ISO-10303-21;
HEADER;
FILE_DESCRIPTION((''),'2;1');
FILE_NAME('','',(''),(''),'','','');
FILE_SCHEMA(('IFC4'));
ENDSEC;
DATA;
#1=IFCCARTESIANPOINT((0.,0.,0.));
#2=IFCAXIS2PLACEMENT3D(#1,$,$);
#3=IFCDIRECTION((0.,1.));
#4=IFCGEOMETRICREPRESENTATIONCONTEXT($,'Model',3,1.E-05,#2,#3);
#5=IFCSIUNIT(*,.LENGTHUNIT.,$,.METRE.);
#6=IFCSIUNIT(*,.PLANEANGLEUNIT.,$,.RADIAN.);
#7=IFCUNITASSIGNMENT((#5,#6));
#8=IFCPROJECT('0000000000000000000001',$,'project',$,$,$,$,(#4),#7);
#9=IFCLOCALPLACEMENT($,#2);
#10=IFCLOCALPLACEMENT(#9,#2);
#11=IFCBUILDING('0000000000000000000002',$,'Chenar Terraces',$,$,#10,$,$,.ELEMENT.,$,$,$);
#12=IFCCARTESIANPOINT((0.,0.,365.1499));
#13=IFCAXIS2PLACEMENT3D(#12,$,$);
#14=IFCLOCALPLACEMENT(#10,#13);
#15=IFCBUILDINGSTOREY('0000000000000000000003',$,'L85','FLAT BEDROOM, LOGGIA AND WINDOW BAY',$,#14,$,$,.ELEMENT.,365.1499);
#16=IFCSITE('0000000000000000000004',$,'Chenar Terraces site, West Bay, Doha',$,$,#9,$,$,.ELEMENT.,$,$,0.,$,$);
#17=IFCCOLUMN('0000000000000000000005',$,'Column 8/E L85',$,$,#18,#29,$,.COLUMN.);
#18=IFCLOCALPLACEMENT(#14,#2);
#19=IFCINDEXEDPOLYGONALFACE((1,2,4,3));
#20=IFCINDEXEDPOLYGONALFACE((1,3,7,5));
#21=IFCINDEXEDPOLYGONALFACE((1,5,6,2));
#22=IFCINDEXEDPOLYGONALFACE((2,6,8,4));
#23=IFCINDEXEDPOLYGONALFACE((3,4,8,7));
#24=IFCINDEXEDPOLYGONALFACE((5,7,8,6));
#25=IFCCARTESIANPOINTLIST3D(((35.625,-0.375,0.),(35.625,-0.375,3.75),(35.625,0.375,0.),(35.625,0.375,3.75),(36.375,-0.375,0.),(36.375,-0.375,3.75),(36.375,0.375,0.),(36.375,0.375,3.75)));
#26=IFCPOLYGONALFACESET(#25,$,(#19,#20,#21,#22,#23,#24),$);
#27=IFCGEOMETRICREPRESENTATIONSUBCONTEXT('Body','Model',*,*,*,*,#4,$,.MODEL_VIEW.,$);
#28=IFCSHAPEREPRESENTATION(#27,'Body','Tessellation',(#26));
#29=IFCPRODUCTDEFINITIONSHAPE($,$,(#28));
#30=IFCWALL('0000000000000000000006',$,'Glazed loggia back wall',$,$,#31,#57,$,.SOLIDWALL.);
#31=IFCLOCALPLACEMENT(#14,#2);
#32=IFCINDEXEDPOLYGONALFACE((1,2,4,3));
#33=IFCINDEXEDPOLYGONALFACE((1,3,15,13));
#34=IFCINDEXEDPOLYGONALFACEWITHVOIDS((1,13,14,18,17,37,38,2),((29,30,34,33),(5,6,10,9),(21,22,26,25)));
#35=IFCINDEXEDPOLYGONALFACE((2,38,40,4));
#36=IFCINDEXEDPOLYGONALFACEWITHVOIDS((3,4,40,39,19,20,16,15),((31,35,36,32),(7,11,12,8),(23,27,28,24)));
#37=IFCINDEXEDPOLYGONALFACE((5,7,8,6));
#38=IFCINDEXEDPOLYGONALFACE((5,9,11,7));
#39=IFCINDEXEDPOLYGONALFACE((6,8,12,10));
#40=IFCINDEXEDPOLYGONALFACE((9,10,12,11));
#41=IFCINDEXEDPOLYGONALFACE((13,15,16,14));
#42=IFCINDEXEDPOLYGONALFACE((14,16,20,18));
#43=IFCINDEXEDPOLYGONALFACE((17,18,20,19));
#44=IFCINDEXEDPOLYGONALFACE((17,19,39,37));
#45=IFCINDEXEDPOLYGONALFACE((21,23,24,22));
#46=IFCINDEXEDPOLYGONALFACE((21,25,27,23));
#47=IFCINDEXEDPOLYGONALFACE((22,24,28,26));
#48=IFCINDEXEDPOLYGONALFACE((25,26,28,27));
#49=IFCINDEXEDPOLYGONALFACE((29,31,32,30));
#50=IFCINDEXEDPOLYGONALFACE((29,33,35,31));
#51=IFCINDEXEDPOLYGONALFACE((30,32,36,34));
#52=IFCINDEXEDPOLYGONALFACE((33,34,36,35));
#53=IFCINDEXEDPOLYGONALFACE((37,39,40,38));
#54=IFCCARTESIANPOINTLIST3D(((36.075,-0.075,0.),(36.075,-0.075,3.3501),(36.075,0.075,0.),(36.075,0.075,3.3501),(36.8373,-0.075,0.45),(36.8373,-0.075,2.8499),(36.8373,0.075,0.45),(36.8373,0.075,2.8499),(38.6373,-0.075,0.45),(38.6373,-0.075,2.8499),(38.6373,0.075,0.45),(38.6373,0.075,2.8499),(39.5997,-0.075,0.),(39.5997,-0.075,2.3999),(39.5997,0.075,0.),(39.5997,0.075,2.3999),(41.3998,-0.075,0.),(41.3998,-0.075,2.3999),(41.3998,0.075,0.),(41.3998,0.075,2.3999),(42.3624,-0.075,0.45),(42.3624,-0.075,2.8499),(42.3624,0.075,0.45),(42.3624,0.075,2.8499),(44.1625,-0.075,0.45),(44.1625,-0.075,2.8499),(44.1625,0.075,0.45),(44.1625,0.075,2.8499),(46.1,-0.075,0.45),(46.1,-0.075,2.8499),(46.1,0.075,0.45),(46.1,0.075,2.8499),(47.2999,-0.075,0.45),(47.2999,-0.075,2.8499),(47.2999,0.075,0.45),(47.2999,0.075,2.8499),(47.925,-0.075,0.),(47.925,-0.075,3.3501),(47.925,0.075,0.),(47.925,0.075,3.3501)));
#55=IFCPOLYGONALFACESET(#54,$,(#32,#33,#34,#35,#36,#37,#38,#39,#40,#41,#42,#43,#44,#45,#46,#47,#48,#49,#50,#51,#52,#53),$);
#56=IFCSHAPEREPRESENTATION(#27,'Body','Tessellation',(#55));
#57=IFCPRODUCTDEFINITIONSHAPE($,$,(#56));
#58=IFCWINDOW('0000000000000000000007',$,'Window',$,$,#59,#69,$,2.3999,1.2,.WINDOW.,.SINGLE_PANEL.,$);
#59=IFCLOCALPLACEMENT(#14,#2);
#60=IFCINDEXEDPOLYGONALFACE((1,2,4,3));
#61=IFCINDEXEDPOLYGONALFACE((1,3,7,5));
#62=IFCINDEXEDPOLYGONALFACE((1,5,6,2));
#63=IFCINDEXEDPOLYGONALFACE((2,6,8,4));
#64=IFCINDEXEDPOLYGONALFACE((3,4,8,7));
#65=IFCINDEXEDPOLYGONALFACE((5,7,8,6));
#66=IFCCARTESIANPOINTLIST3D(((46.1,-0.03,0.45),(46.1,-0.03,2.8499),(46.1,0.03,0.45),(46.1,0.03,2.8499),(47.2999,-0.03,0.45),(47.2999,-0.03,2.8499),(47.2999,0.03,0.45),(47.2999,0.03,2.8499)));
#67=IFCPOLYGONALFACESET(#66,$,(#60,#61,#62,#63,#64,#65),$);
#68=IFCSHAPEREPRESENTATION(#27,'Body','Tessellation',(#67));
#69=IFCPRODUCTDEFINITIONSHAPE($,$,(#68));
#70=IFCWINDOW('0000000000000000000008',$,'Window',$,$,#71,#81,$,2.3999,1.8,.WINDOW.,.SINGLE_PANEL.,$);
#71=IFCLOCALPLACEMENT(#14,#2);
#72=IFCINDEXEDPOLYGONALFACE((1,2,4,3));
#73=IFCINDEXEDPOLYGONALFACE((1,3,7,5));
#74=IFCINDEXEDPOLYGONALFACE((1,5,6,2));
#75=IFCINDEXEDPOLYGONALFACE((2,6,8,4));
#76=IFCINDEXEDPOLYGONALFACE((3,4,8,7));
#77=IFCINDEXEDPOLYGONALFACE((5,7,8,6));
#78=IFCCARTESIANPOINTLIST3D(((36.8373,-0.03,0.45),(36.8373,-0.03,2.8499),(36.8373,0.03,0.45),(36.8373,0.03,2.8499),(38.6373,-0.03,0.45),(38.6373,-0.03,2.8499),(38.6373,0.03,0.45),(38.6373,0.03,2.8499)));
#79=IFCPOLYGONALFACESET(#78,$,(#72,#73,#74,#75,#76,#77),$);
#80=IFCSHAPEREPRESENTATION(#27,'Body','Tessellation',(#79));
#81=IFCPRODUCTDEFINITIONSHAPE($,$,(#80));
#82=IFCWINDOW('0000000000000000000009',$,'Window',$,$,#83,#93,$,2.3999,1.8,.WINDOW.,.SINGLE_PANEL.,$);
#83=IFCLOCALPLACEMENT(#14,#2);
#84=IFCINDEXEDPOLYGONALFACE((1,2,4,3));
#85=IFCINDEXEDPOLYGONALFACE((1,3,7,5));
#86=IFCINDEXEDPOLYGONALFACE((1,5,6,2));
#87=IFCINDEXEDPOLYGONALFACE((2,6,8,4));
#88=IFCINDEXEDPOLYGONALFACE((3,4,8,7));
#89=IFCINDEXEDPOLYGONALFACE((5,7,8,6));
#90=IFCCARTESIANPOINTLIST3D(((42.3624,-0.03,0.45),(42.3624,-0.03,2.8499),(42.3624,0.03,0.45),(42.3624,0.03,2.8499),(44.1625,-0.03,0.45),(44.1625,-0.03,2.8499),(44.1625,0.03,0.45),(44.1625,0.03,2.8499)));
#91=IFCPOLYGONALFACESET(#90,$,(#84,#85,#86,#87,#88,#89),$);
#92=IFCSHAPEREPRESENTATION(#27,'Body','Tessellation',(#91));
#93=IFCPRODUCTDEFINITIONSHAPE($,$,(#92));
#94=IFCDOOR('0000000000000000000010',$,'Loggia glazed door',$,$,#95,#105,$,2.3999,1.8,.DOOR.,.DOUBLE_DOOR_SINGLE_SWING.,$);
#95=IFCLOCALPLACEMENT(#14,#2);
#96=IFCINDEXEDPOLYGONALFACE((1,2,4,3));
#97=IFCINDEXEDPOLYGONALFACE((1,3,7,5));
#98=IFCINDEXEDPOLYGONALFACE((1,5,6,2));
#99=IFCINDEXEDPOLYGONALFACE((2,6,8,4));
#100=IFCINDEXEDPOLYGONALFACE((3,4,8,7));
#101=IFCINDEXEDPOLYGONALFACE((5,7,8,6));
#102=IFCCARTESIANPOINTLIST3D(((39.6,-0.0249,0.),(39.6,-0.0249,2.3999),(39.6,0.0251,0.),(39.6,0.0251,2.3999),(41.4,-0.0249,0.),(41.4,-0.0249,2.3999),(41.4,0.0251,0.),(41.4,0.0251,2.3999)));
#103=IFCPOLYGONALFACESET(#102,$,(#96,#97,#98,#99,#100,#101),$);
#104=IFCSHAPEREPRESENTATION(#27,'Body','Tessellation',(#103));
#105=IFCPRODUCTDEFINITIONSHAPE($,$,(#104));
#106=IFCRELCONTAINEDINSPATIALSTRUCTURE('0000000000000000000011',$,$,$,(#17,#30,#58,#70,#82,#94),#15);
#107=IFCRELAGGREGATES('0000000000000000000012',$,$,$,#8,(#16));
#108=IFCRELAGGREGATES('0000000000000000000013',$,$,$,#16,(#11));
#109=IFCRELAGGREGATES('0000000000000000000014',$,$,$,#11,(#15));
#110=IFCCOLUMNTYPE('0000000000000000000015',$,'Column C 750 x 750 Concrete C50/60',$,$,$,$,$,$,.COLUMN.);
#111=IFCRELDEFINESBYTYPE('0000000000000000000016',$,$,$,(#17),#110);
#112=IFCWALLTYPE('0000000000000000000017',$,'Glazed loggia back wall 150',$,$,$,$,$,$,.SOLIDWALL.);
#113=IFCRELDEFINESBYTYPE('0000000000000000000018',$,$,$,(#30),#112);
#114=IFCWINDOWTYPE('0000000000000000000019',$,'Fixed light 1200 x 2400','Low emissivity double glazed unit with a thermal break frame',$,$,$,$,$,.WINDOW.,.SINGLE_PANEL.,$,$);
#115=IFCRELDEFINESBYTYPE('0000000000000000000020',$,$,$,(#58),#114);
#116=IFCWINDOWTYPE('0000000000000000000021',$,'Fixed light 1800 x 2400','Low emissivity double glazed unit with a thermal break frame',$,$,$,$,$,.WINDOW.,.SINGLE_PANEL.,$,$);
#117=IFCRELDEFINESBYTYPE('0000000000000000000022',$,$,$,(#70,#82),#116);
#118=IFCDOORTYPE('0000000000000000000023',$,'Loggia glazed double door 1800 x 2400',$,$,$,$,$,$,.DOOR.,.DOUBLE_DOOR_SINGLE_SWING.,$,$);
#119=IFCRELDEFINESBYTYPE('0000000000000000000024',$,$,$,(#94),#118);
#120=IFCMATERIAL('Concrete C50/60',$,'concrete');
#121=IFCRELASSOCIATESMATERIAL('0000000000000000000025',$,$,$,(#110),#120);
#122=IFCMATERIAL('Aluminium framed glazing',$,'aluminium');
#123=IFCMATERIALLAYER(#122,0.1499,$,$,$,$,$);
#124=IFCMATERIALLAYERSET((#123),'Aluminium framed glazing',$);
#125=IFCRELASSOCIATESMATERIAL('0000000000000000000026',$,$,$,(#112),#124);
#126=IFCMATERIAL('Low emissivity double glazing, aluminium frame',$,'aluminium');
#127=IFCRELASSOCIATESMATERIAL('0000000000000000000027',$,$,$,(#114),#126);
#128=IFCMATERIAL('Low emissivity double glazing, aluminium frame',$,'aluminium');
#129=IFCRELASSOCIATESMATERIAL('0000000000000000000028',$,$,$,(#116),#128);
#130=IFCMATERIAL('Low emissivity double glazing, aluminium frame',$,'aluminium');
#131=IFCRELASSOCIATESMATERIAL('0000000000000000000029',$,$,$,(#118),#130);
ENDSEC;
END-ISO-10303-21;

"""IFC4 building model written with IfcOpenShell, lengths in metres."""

from ifc_helpers import new_model, si_unit, direction, frame, frame_2d, origin, origin_2d, place, context, subcontext, project, spatial, rectangle, extrude, material, layer, layer_set, material_profile, profile_set, type_object, element, fill, save


model = new_model("IFC4")

# Units and contexts
model_context = context("Model", 3, precision=1e-05, world=origin(), true_north=direction((0.0, 1.0)))
body_context = subcontext(model_context, "Body", "Model", "MODEL_VIEW")
ifc_project = project(units=[si_unit("LENGTHUNIT", "METRE"), si_unit("PLANEANGLEUNIT", "RADIAN")], contexts=[model_context])

# Site, building, storey
site_placement = place(None, origin())
site = spatial("IfcSite", under=ifc_project, at=site_placement, Name="Chenar Terraces site, West Bay, Doha", CompositionType="ELEMENT", RefElevation=0.0)
building_placement = place(site_placement, origin())
building = spatial("IfcBuilding", under=site, at=building_placement, Name="Chenar Terraces", CompositionType="ELEMENT")
storey_placement = place(building_placement, frame((0.0, 0.0, 365.1499)))
storey = spatial("IfcBuildingStorey", under=building, at=storey_placement, Name="L85", Description="FLAT BEDROOM, LOGGIA AND WINDOW BAY", CompositionType="ELEMENT", Elevation=365.1499)

# Column
ifc_material_1 = material(Name="Concrete C50/60", Category="concrete")
ifc_material_profile = material_profile(ifc_material_1, rectangle(XDim=0.75, YDim=0.75, at=origin_2d()), Name="C 750 x 750")
ifc_profile_set = profile_set([ifc_material_profile], Name="Concrete C50/60")
column_type = type_object("IfcColumnType", Name="Column C 750 x 750 Concrete C50/60", PredefinedType="COLUMN", material=ifc_profile_set)
column_placement = place(storey_placement, frame((36.0, 0.0, 0.0), z_axis=(0.0, 0.0, 1.0), x_axis=(1.0, 0.0, 0.0)))
element("IfcColumn", 1, at=column_placement, inside=storey, type_object=column_type, Name="Column 8/E L85", PredefinedType="COLUMN", context=body_context, shape_type="SweptSolid", body=[
    extrude(rectangle(XDim=0.75, YDim=0.75, at=origin_2d()), origin(), (0.0, 0.0, 1.0), 3.75),
])

# Wall, openings, windows, door
ifc_material_2 = material(Name="Aluminium framed glazing", Category="aluminium")
ifc_layer_1 = layer(ifc_material_2, 0.1499)
ifc_layer_set_1 = layer_set([ifc_layer_1], Name="Aluminium framed glazing")
wall_type_1 = type_object("IfcWallType", Name="Glazed loggia back wall 150", PredefinedType="SOLIDWALL", material=ifc_layer_set_1)
wall_1_placement = place(storey_placement, frame((36.075, 0.0, 0.0), z_axis=(0.0, 0.0, 1.0), x_axis=(1.0, 0.0, 0.0)))
wall_1 = element("IfcWall", 2, at=wall_1_placement, inside=storey, type_object=wall_type_1, Name="Glazed loggia back wall", PredefinedType="SOLIDWALL", context=body_context, shape_type="SweptSolid", body=[
    extrude(rectangle(XDim=11.8501, YDim=0.1499, at=frame_2d((5.925, 0.0))), origin(), (0.0, 0.0, 1.0), 3.3501),
])
opening_1_placement = place(wall_1_placement, frame((0.7625, 0.0, 0.45)))
opening_1 = element("IfcOpeningElement", 3, at=opening_1_placement, cuts=wall_1, PredefinedType="OPENING", context=body_context, shape_type="SweptSolid", body=[
    extrude(rectangle(XDim=1.8, YDim=2.3999, at=frame_2d((0.8999, 1.2))), frame((0.0, 0.085, 0.0), z_axis=(0.0, -1.0, 0.0), x_axis=(1.0, 0.0, 0.0)), (0.0, 0.0, 1.0), 0.1699),
])
opening_2_placement = place(wall_1_placement, frame((3.5249, 0.0, 0.0)))
opening_2 = element("IfcOpeningElement", 4, at=opening_2_placement, cuts=wall_1, PredefinedType="OPENING", context=body_context, shape_type="SweptSolid", body=[
    extrude(rectangle(XDim=1.8, YDim=2.3999, at=frame_2d((0.8999, 1.2))), frame((0.0, 0.085, 0.0), z_axis=(0.0, -1.0, 0.0), x_axis=(1.0, 0.0, 0.0)), (0.0, 0.0, 1.0), 0.1699),
])
opening_3_placement = place(wall_1_placement, frame((6.2876, 0.0, 0.45)))
opening_3 = element("IfcOpeningElement", 5, at=opening_3_placement, cuts=wall_1, PredefinedType="OPENING", context=body_context, shape_type="SweptSolid", body=[
    extrude(rectangle(XDim=1.8, YDim=2.3999, at=frame_2d((0.8999, 1.2))), frame((0.0, 0.085, 0.0), z_axis=(0.0, -1.0, 0.0), x_axis=(1.0, 0.0, 0.0)), (0.0, 0.0, 1.0), 0.1699),
])
opening_4_placement = place(wall_1_placement, frame((10.0249, 0.0, 0.45)))
opening_4 = element("IfcOpeningElement", 6, at=opening_4_placement, cuts=wall_1, PredefinedType="OPENING", context=body_context, shape_type="SweptSolid", body=[
    extrude(rectangle(XDim=1.2, YDim=2.3999, at=frame_2d((0.6001, 1.2))), frame((0.0, 0.085, 0.0), z_axis=(0.0, -1.0, 0.0), x_axis=(1.0, 0.0, 0.0)), (0.0, 0.0, 1.0), 0.1699),
])
ifc_material_3 = material(Name="Low emissivity double glazing, aluminium frame", Category="aluminium")
window_type_1 = type_object("IfcWindowType", Name="Fixed light 1200 x 2400", Description="Low emissivity double glazed unit with a thermal break frame", PartitioningType="SINGLE_PANEL", PredefinedType="WINDOW", material=ifc_material_3)
window_1_placement = place(opening_4_placement, origin())
window_1 = element("IfcWindow", 7, at=window_1_placement, inside=storey, type_object=window_type_1, Name="Window", OverallHeight=2.3999, OverallWidth=1.2, PartitioningType="SINGLE_PANEL", PredefinedType="WINDOW", context=body_context, shape_type="SweptSolid", body=[
    extrude(rectangle(XDim=1.2, YDim=2.3999, at=frame_2d((0.6001, 1.2))), frame((0.0, 0.03, 0.0), z_axis=(0.0, -1.0, 0.0), x_axis=(1.0, 0.0, 0.0)), (0.0, 0.0, 1.0), 0.0601),
])
fill(opening_4, window_1)
ifc_material_4 = material(Name="Low emissivity double glazing, aluminium frame", Category="aluminium")
window_type_2 = type_object("IfcWindowType", Name="Fixed light 1800 x 2400", Description="Low emissivity double glazed unit with a thermal break frame", PartitioningType="SINGLE_PANEL", PredefinedType="WINDOW", material=ifc_material_4)
window_2_placement = place(opening_1_placement, origin())
window_2 = element("IfcWindow", 8, at=window_2_placement, inside=storey, type_object=window_type_2, Name="Window", OverallHeight=2.3999, OverallWidth=1.8, PartitioningType="SINGLE_PANEL", PredefinedType="WINDOW", context=body_context, shape_type="SweptSolid", body=[
    extrude(rectangle(XDim=1.8, YDim=2.3999, at=frame_2d((0.8999, 1.2))), frame((0.0, 0.03, 0.0), z_axis=(0.0, -1.0, 0.0), x_axis=(1.0, 0.0, 0.0)), (0.0, 0.0, 1.0), 0.0601),
])
fill(opening_1, window_2)
window_3_placement = place(opening_3_placement, origin())
window_3 = element("IfcWindow", 9, at=window_3_placement, inside=storey, type_object=window_type_2, Name="Window", OverallHeight=2.3999, OverallWidth=1.8, PartitioningType="SINGLE_PANEL", PredefinedType="WINDOW", context=body_context, shape_type="SweptSolid", body=[
    extrude(rectangle(XDim=1.8, YDim=2.3999, at=frame_2d((0.8999, 1.2))), frame((0.0, 0.03, 0.0), z_axis=(0.0, -1.0, 0.0), x_axis=(1.0, 0.0, 0.0)), (0.0, 0.0, 1.0), 0.0601),
])
fill(opening_3, window_3)
ifc_material_5 = material(Name="Low emissivity double glazing, aluminium frame", Category="aluminium")
door_type_1 = type_object("IfcDoorType", Name="Loggia glazed double door 1800 x 2400", OperationType="DOUBLE_DOOR_SINGLE_SWING", PredefinedType="DOOR", material=ifc_material_5)
door_1_placement = place(opening_2_placement, frame((1.8, 0.0, 0.0), z_axis=(0.0, 0.0, 1.0), x_axis=(-1.0, 0.0, 0.0)))
door_1 = element("IfcDoor", 10, at=door_1_placement, inside=storey, type_object=door_type_1, Name="Loggia glazed door", OperationType="DOUBLE_DOOR_SINGLE_SWING", OverallHeight=2.3999, OverallWidth=1.8, PredefinedType="DOOR", context=body_context, shape_type="SweptSolid", body=[
    extrude(rectangle(XDim=1.8, YDim=2.3999, at=frame_2d((0.8999, 1.2))), frame((0.0, 0.0249, 0.0), z_axis=(0.0, -1.0, 0.0), x_axis=(1.0, 0.0, 0.0)), (0.0, 0.0, 1.0), 0.05),
])
fill(opening_2, door_1)

save(model, "model.ifc")
